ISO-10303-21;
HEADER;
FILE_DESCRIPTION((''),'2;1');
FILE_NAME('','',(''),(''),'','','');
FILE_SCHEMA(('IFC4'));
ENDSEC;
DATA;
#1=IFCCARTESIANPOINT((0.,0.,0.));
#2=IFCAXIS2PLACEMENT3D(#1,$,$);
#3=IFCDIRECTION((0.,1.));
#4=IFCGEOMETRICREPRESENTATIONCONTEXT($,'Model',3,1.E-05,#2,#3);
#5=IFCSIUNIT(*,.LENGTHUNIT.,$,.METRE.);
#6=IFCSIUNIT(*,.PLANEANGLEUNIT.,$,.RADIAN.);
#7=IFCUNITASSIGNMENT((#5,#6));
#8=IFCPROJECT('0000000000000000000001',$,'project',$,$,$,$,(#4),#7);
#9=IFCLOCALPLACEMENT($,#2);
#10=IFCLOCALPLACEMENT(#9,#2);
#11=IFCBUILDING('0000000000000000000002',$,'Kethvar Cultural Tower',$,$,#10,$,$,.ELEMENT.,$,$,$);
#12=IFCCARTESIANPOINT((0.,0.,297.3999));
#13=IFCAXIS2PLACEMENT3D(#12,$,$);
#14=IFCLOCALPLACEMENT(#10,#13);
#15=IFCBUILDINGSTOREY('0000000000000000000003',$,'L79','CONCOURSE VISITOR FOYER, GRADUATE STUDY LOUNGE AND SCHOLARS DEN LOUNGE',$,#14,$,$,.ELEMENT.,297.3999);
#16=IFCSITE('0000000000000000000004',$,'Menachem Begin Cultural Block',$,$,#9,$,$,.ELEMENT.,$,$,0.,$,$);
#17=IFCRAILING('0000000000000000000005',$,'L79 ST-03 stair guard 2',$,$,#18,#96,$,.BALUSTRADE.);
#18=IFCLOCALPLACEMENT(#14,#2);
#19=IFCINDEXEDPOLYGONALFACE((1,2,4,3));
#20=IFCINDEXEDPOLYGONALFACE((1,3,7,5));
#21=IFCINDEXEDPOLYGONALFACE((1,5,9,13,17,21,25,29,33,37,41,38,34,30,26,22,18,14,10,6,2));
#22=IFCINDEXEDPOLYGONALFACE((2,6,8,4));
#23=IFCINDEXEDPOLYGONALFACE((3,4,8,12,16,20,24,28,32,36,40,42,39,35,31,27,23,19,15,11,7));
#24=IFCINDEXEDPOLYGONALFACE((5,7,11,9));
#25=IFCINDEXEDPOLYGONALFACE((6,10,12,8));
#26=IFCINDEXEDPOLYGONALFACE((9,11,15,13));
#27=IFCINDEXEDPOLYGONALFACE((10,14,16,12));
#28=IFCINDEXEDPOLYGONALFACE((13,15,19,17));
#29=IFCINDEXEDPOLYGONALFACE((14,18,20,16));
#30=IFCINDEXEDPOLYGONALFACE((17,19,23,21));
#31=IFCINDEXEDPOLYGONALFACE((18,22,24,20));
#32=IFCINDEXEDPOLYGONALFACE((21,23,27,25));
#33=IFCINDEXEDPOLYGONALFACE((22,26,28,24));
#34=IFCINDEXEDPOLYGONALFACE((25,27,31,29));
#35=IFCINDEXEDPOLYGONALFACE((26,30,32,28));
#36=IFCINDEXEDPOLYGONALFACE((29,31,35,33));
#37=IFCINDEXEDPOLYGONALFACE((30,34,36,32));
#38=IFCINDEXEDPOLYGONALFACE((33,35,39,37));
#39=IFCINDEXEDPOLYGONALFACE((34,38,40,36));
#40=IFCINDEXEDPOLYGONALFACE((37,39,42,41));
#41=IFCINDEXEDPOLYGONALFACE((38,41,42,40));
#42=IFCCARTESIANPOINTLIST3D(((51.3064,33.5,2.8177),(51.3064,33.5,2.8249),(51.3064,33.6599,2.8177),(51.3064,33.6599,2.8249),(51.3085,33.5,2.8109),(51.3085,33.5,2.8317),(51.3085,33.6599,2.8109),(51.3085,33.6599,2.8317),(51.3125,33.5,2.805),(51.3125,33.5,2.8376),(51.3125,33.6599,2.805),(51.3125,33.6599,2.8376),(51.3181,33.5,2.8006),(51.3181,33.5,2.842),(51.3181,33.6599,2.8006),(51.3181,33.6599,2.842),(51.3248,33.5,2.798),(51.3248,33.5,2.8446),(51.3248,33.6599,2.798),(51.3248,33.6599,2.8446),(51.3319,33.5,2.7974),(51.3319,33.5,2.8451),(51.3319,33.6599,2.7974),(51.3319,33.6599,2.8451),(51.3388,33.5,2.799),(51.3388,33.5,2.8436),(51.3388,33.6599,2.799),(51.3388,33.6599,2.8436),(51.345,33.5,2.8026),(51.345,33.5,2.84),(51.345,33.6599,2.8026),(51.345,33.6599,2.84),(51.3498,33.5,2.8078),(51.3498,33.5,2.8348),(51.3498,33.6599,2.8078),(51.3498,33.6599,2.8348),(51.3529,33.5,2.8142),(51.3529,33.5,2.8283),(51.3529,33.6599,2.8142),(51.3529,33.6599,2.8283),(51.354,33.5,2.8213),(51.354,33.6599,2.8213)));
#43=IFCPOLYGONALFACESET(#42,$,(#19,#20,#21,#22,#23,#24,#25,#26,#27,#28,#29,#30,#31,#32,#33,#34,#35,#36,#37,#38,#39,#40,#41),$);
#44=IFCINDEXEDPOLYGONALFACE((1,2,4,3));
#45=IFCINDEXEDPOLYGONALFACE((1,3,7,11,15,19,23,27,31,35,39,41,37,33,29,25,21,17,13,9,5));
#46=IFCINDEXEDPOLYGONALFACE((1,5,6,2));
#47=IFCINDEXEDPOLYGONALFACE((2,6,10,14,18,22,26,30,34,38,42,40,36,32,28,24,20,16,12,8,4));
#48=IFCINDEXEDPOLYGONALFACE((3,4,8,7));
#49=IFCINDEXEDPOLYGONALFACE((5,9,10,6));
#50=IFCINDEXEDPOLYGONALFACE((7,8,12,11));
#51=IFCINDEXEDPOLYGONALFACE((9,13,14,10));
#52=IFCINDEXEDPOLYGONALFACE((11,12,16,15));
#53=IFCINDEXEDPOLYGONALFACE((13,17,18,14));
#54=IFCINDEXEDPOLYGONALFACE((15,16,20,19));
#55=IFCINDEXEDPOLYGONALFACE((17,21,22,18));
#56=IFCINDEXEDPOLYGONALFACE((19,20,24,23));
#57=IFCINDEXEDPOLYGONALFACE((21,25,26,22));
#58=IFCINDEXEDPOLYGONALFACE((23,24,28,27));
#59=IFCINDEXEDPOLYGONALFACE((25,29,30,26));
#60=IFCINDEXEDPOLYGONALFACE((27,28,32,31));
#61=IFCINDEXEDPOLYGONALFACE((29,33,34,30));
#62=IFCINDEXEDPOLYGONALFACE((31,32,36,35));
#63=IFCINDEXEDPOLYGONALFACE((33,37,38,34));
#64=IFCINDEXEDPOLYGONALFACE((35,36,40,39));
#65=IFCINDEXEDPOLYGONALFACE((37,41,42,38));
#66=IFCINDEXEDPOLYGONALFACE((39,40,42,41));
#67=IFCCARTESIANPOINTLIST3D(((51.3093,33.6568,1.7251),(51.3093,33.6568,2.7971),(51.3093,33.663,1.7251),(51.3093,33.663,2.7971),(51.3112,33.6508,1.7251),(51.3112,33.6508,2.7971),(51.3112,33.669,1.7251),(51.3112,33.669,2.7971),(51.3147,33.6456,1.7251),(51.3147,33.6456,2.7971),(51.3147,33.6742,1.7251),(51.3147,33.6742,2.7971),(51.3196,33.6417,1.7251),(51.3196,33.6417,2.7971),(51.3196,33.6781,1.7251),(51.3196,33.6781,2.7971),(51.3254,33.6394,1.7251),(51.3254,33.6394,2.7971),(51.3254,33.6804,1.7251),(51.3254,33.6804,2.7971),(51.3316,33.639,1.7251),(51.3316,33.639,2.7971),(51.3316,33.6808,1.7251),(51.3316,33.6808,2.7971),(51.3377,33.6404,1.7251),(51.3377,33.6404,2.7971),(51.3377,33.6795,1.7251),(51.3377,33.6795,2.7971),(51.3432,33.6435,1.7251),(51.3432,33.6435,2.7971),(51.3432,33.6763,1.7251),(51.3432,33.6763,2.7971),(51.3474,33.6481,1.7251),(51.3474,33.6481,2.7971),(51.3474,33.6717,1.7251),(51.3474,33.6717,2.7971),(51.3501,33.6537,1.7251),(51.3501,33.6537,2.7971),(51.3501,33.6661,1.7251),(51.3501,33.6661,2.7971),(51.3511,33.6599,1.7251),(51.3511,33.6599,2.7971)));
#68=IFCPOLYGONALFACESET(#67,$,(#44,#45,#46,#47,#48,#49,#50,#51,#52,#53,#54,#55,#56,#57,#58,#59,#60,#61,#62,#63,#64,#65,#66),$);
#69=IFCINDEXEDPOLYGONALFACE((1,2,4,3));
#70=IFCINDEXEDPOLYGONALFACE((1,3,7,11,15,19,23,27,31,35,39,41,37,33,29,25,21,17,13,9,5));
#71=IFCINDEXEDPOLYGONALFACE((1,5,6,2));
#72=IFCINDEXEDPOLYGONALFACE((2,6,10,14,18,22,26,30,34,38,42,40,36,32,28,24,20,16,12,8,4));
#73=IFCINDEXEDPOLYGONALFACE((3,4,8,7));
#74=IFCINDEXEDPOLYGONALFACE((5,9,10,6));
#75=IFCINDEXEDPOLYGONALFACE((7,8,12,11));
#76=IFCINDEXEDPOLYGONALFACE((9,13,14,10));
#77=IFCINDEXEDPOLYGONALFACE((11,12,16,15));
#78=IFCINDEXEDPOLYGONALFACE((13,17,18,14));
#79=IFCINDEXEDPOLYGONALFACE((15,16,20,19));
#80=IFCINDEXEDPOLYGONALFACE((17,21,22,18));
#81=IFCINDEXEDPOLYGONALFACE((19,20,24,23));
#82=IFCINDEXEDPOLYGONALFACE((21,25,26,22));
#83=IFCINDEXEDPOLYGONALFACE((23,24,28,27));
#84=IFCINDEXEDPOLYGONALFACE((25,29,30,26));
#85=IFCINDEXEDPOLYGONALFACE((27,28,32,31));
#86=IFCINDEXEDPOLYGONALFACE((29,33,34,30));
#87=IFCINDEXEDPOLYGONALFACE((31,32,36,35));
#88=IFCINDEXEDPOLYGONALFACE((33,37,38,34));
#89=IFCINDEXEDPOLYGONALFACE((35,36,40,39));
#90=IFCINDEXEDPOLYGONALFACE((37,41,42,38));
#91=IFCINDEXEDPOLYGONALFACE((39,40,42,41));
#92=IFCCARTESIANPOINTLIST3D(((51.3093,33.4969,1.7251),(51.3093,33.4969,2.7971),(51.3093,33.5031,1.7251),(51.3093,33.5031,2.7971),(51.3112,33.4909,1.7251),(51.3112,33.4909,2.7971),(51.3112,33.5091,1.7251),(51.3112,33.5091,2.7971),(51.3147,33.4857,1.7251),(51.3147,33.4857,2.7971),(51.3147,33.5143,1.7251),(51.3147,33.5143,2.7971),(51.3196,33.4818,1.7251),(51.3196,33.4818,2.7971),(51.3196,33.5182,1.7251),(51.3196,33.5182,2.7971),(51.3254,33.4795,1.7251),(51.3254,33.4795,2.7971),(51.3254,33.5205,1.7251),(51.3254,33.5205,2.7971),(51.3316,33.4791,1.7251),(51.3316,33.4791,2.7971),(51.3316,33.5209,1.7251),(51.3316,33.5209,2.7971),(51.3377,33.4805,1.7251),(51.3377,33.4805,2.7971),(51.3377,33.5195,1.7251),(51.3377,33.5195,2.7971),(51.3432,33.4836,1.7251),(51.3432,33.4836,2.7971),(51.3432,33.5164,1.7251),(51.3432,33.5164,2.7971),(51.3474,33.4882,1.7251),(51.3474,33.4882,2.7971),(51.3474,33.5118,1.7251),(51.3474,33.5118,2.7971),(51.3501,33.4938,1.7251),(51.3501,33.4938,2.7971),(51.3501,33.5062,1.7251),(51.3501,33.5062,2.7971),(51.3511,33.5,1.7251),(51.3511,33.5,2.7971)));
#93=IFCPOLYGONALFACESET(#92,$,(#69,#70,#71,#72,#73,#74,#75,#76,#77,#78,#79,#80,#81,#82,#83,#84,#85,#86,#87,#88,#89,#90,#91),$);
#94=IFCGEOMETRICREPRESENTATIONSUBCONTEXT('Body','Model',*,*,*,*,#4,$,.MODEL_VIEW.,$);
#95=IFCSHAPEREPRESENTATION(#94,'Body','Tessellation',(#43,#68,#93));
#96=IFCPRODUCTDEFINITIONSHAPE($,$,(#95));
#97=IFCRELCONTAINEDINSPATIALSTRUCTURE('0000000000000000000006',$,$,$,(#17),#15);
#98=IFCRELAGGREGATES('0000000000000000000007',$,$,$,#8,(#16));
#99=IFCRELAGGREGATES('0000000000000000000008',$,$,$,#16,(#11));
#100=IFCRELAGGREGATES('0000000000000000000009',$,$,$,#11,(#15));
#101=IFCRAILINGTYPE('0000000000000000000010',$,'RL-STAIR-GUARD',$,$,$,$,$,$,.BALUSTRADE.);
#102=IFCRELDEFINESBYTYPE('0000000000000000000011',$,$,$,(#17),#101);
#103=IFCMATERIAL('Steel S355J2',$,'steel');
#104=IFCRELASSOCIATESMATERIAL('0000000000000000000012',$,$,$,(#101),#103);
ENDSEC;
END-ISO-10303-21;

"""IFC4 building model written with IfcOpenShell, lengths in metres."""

from ifc_helpers import new_model, si_unit, direction, frame, origin, origin_2d, place, context, subcontext, project, spatial, circle, extrude, material, type_object, element, save


model = new_model("IFC4")

# Units and contexts
model_context = context("Model", 3, precision=1e-05, world=origin(), true_north=direction((0.0, 1.0)))
body_context = subcontext(model_context, "Body", "Model", "MODEL_VIEW")
ifc_project = project(units=[si_unit("LENGTHUNIT", "METRE"), si_unit("PLANEANGLEUNIT", "RADIAN")], contexts=[model_context])

# Site, building, storey
site_placement = place(None, origin())
site = spatial("IfcSite", under=ifc_project, at=site_placement, Name="Menachem Begin Cultural Block", CompositionType="ELEMENT", RefElevation=0.0)
building_placement = place(site_placement, origin())
building = spatial("IfcBuilding", under=site, at=building_placement, Name="Kethvar Cultural Tower", CompositionType="ELEMENT")
storey_placement = place(building_placement, frame((0.0, 0.0, 297.3999)))
storey = spatial("IfcBuildingStorey", under=building, at=storey_placement, Name="L79", Description="CONCOURSE VISITOR FOYER, GRADUATE STUDY LOUNGE AND SCHOLARS DEN LOUNGE", CompositionType="ELEMENT", Elevation=297.3999)

# Shared definitions
ifc_material_1 = material(Name="Steel S355J2", Category="steel")

# Railing
railing_type_1 = type_object("IfcRailingType", Name="RL-STAIR-GUARD", PredefinedType="BALUSTRADE", material=ifc_material_1)
railing_1_placement = place(storey_placement, frame((51.3301, 33.6599, 1.7251)))
element("IfcRailing", 1, at=railing_1_placement, inside=storey, type_object=railing_type_1, Name="L79 ST-03 stair guard 2", PredefinedType="BALUSTRADE", context=body_context, shape_type="SweptSolid", body=[
    extrude(circle(Radius=0.0239, at=origin_2d()), frame((0.0, 0.0, 1.0962), z_axis=(0.0, -1.0, 0.0), x_axis=(1.0, 0.0, 0.0)), (0.0, 0.0, 1.0), 0.1599),
    extrude(circle(Radius=0.021, at=origin_2d()), origin(), (0.0, 0.0, 1.0), 1.072),
    extrude(circle(Radius=0.021, at=origin_2d()), frame((0.0, -0.1599, 0.0)), (0.0, 0.0, 1.0), 1.072),
])

save(model, "model.ifc")
